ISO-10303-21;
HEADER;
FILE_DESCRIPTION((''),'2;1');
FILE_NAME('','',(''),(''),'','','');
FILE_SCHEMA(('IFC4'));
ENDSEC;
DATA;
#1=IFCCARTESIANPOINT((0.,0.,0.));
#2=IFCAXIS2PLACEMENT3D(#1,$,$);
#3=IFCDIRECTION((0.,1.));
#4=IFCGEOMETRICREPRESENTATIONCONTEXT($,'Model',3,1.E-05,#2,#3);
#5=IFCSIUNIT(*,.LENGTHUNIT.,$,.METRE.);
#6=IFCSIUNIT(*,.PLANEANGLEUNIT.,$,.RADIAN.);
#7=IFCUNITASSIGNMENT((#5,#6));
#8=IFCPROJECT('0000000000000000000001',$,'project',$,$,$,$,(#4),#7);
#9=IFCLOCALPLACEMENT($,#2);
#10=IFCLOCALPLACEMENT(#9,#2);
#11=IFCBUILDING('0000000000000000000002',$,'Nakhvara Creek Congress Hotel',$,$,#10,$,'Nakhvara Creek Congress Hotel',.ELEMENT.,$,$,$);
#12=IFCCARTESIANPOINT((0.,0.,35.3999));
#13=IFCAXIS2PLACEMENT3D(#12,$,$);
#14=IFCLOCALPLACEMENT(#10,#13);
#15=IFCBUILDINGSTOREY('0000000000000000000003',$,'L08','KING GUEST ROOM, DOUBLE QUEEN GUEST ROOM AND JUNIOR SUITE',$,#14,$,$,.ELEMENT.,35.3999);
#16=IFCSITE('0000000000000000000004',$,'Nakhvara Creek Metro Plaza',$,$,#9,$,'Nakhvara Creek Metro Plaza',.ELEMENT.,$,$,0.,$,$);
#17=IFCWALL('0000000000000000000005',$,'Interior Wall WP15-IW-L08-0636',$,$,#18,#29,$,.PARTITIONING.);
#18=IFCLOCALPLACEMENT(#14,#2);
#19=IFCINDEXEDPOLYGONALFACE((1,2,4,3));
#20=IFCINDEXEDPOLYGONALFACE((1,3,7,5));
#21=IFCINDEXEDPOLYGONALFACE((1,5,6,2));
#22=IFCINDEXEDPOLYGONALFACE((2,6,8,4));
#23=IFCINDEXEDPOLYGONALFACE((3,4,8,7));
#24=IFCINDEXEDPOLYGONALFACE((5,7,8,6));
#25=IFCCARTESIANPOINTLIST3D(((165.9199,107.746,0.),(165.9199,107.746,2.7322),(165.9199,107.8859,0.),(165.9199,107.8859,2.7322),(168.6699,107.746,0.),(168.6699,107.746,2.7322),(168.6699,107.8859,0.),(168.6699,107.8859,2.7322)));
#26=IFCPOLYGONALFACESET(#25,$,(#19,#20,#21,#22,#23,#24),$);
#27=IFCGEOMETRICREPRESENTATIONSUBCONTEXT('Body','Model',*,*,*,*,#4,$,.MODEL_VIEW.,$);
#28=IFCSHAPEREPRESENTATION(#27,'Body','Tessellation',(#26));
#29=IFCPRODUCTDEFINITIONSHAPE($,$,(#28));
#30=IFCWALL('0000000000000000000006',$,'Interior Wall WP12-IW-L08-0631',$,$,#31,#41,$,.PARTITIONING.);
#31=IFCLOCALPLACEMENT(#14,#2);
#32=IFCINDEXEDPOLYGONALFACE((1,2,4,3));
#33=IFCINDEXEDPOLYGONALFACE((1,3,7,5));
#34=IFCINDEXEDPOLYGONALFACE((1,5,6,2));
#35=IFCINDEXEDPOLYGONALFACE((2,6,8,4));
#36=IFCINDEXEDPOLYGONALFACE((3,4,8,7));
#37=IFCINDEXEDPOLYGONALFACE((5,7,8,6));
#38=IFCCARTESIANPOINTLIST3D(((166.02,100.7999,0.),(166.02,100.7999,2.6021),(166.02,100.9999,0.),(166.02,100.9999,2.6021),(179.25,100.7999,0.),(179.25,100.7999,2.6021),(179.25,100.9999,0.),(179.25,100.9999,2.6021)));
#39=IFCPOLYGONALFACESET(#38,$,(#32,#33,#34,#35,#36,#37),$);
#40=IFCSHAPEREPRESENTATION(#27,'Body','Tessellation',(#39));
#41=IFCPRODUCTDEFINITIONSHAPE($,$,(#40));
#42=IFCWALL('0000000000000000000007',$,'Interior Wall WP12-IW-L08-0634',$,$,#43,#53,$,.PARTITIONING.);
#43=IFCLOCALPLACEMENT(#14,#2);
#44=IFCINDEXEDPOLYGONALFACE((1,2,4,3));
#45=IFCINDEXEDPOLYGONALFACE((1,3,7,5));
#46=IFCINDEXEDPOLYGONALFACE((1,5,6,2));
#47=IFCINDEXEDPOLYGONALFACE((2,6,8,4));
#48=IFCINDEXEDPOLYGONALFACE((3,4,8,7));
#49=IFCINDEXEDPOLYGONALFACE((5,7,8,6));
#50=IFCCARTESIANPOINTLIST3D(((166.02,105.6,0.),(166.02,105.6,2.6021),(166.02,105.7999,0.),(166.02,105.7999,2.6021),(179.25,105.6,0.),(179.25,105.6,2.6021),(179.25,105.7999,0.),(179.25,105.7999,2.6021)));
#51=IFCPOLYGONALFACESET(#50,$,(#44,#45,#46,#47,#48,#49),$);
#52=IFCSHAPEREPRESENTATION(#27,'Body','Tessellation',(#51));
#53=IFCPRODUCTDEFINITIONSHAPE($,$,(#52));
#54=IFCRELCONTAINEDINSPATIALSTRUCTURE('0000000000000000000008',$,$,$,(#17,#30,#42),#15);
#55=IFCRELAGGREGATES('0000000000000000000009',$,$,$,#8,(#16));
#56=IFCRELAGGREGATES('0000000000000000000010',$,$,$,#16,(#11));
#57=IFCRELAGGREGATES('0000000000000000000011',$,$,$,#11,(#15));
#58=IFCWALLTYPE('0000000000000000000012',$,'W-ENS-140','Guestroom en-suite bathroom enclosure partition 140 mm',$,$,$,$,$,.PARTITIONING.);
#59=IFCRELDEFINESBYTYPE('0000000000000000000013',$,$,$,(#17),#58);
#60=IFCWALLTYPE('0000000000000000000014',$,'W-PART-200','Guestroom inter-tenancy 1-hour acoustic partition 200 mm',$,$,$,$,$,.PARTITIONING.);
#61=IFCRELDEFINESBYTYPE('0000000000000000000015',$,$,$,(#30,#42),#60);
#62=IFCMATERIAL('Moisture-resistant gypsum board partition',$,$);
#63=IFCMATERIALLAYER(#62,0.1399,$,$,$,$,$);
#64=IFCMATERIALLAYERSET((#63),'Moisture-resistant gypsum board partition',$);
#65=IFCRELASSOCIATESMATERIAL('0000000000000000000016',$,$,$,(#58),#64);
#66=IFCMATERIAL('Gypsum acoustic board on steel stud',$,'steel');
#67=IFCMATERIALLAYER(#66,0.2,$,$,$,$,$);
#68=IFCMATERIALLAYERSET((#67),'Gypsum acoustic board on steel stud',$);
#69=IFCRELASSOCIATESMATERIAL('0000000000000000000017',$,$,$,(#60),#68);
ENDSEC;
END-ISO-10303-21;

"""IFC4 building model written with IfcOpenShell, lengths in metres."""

from ifc_helpers import new_model, si_unit, direction, frame, frame_2d, origin, place, context, subcontext, project, spatial, rectangle, extrude, material, layer, layer_set, type_object, element, save


model = new_model("IFC4")

# Units and contexts
model_context = context("Model", 3, precision=1e-05, world=origin(), true_north=direction((0.0, 1.0)))
body_context = subcontext(model_context, "Body", "Model", "MODEL_VIEW")
ifc_project = project(units=[si_unit("LENGTHUNIT", "METRE"), si_unit("PLANEANGLEUNIT", "RADIAN")], contexts=[model_context])

# Site, building, storey
site_placement = place(None, origin())
site = spatial("IfcSite", under=ifc_project, at=site_placement, Name="Nakhvara Creek Metro Plaza", LongName="Nakhvara Creek Metro Plaza", CompositionType="ELEMENT", RefElevation=0.0)
building_placement = place(site_placement, origin())
building = spatial("IfcBuilding", under=site, at=building_placement, Name="Nakhvara Creek Congress Hotel", LongName="Nakhvara Creek Congress Hotel", CompositionType="ELEMENT")
storey_placement = place(building_placement, frame((0.0, 0.0, 35.3999)))
storey = spatial("IfcBuildingStorey", under=building, at=storey_placement, Name="L08", Description="KING GUEST ROOM, DOUBLE QUEEN GUEST ROOM AND JUNIOR SUITE", CompositionType="ELEMENT", Elevation=35.3999)

# Walls
ifc_material_1 = material(Name="Moisture-resistant gypsum board partition")
ifc_layer_1 = layer(ifc_material_1, 0.1399)
ifc_layer_set_1 = layer_set([ifc_layer_1], Name="Moisture-resistant gypsum board partition")
wall_type_1 = type_object("IfcWallType", Name="W-ENS-140", Description="Guestroom en-suite bathroom enclosure partition 140 mm", PredefinedType="PARTITIONING", material=ifc_layer_set_1)
for number, where, z_axis, x_axis, name in (
    (1, (165.9199, 107.8159, 0.0), (0.0, 0.0, 1.0), (1.0, 0.0, 0.0), "Interior Wall WP15-IW-L08-0636"),
):
    element("IfcWall", number, at=place(storey_placement, frame(where, z_axis=z_axis, x_axis=x_axis)), inside=storey, type_object=wall_type_1, Name=name, PredefinedType="PARTITIONING", context=body_context, shape_type="SweptSolid", body=[
        extrude(rectangle(XDim=2.75, YDim=0.1399, at=frame_2d((1.375, 0.0))), origin(), (0.0, 0.0, 1.0), 2.7322),
    ])
ifc_material_2 = material(Name="Gypsum acoustic board on steel stud", Category="steel")
ifc_layer_2 = layer(ifc_material_2, 0.2)
ifc_layer_set_2 = layer_set([ifc_layer_2], Name="Gypsum acoustic board on steel stud")
wall_type_2 = type_object("IfcWallType", Name="W-PART-200", Description="Guestroom inter-tenancy 1-hour acoustic partition 200 mm", PredefinedType="PARTITIONING", material=ifc_layer_set_2)
for number, where, z_axis, x_axis, name in (
    (2, (166.02, 100.8999, 0.0), (0.0, 0.0, 1.0), (1.0, 0.0, 0.0), "Interior Wall WP12-IW-L08-0631"),
    (3, (166.02, 105.7, 0.0), (0.0, 0.0, 1.0), (1.0, 0.0, 0.0), "Interior Wall WP12-IW-L08-0634"),
):
    element("IfcWall", number, at=place(storey_placement, frame(where, z_axis=z_axis, x_axis=x_axis)), inside=storey, type_object=wall_type_2, Name=name, PredefinedType="PARTITIONING", context=body_context, shape_type="SweptSolid", body=[
        extrude(rectangle(XDim=13.23, YDim=0.2, at=frame_2d((6.615, 0.0))), origin(), (0.0, 0.0, 1.0), 2.6021),
    ])

save(model, "model.ifc")
